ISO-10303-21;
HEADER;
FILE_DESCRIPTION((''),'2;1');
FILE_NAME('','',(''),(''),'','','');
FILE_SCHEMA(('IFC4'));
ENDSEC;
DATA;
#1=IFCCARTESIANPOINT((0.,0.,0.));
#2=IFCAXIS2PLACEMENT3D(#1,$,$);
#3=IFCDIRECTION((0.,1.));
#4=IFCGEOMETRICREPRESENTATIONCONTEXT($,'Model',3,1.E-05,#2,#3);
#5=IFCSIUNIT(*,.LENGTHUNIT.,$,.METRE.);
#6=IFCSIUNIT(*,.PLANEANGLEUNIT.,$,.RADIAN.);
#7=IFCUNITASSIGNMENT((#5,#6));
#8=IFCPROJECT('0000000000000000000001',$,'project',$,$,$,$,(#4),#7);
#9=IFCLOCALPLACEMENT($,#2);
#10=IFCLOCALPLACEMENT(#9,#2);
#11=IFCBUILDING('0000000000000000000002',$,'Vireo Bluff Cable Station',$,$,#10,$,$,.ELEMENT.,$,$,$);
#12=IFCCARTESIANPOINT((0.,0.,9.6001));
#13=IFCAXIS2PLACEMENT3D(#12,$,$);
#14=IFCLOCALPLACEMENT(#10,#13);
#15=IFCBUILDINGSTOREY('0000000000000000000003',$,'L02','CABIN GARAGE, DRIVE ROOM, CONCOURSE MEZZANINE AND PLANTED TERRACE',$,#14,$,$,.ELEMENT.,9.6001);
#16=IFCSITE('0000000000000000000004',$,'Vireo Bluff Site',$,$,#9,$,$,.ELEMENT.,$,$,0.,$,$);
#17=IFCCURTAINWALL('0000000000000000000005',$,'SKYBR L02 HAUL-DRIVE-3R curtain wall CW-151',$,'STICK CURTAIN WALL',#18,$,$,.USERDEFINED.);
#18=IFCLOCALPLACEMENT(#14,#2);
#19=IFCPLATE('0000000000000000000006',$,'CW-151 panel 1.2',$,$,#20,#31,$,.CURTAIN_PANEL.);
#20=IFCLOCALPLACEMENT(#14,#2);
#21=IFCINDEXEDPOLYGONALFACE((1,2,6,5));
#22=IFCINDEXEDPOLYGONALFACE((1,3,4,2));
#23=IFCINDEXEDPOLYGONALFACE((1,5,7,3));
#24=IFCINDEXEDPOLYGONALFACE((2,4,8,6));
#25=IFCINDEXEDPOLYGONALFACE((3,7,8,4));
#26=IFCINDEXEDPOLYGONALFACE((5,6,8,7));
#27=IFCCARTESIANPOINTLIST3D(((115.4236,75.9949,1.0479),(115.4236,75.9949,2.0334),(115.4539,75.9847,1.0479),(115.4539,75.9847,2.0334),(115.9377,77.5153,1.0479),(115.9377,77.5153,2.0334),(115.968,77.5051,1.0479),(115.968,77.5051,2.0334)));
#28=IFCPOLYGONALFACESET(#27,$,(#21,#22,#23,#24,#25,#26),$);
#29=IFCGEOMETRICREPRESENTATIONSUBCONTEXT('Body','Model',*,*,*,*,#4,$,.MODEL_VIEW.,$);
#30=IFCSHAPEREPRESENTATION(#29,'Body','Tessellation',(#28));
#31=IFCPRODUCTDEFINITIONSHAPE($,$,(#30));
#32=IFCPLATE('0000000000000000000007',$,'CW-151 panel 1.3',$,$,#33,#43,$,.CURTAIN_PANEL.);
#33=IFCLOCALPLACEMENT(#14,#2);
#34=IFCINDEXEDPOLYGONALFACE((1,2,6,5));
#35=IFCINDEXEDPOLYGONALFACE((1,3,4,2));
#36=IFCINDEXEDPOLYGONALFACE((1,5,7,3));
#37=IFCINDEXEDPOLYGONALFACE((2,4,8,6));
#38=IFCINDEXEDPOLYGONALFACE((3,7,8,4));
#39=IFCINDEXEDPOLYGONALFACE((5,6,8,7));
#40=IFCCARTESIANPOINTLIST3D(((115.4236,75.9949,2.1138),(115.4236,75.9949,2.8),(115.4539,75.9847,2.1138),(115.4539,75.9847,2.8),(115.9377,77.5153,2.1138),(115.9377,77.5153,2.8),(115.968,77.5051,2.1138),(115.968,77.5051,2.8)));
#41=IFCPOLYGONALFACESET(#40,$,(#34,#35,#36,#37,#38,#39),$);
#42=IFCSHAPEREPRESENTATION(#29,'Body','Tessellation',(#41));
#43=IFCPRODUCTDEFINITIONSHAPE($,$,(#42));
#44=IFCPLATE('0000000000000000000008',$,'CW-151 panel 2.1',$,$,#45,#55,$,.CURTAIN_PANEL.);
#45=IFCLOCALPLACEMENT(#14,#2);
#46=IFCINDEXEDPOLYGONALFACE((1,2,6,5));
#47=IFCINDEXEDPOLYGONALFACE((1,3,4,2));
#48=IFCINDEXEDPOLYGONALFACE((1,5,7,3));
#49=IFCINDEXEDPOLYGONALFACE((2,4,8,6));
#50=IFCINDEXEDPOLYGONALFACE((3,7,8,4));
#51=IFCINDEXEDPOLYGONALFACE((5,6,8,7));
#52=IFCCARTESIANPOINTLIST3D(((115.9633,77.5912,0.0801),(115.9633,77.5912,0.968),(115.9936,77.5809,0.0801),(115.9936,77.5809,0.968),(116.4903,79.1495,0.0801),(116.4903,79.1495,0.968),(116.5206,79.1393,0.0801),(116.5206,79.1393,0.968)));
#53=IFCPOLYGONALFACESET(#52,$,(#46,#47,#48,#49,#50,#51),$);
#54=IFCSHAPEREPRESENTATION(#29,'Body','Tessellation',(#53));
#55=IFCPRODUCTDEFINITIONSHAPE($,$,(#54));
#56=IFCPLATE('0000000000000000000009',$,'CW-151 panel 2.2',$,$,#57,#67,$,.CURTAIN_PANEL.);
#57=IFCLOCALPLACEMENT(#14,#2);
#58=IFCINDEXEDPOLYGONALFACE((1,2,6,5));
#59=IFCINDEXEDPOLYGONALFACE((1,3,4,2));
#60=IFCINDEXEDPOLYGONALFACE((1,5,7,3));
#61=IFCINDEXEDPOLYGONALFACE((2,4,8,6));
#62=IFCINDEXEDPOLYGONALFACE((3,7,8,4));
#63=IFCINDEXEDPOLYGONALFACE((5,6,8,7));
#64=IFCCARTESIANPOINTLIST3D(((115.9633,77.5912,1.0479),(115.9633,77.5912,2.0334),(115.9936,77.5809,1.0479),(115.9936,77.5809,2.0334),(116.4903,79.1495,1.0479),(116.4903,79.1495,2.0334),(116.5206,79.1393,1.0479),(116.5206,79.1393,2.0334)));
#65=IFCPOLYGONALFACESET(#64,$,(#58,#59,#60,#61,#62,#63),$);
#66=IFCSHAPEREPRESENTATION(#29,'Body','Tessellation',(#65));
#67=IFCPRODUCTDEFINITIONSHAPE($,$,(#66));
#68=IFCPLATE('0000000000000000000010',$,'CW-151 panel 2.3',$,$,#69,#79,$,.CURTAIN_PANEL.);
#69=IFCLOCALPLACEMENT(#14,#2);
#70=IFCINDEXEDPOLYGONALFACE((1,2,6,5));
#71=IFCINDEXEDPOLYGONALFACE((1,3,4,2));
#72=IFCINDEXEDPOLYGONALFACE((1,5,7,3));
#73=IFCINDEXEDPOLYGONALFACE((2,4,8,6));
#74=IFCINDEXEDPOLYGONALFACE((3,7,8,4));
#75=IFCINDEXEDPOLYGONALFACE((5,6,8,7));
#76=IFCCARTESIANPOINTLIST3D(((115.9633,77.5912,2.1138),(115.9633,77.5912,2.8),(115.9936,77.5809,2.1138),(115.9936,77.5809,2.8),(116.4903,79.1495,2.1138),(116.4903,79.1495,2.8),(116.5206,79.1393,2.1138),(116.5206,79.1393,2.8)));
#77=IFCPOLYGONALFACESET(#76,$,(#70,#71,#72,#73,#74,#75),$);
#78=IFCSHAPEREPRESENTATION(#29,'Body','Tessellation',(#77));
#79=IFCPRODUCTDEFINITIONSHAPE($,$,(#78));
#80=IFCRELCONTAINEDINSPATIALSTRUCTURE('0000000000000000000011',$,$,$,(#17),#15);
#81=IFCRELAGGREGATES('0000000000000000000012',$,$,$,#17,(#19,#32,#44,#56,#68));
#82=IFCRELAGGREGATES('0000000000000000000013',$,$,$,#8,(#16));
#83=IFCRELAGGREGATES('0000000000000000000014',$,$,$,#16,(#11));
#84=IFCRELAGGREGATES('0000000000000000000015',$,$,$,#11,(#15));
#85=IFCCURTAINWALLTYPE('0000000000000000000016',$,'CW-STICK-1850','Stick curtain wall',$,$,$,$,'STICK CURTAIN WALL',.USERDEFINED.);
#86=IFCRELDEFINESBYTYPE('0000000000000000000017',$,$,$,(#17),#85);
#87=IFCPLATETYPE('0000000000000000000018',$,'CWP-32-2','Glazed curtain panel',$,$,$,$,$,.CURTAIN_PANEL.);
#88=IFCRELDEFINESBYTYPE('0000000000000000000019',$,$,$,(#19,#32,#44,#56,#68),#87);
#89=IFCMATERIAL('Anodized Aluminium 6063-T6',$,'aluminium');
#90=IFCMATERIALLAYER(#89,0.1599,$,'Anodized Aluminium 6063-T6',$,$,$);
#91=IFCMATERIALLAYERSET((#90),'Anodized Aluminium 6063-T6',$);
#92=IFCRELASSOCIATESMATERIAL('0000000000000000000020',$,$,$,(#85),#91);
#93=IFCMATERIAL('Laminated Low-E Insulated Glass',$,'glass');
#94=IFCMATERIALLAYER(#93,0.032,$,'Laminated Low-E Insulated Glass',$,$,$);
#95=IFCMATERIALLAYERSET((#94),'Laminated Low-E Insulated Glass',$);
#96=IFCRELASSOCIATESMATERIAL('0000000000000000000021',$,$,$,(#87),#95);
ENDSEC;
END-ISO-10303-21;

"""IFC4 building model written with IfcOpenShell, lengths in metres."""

from ifc_helpers import new_model, si_unit, direction, frame, origin, origin_2d, place, context, subcontext, project, spatial, rectangle, extrude, material, layer, layer_set, type_object, element, aggregate, save


model = new_model("IFC4")

# Units and contexts
model_context = context("Model", 3, precision=1e-05, world=origin(), true_north=direction((0.0, 1.0)))
body_context = subcontext(model_context, "Body", "Model", "MODEL_VIEW")
ifc_project = project(units=[si_unit("LENGTHUNIT", "METRE"), si_unit("PLANEANGLEUNIT", "RADIAN")], contexts=[model_context])

# Site, building, storey
site_placement = place(None, origin())
site = spatial("IfcSite", under=ifc_project, at=site_placement, Name="Vireo Bluff Site", CompositionType="ELEMENT", RefElevation=0.0)
building_placement = place(site_placement, origin())
building = spatial("IfcBuilding", under=site, at=building_placement, Name="Vireo Bluff Cable Station", CompositionType="ELEMENT")
storey_placement = place(building_placement, frame((0.0, 0.0, 9.6001)))
storey = spatial("IfcBuildingStorey", under=building, at=storey_placement, Name="L02", Description="CABIN GARAGE, DRIVE ROOM, CONCOURSE MEZZANINE AND PLANTED TERRACE", CompositionType="ELEMENT", Elevation=9.6001)

# Shared definitions
ifc_material_1 = material(Name="Anodized Aluminium 6063-T6", Category="aluminium")
ifc_layer_1 = layer(ifc_material_1, 0.1599, Name="Anodized Aluminium 6063-T6")
ifc_layer_set_1 = layer_set([ifc_layer_1], Name="Anodized Aluminium 6063-T6")
curtain_wall_type = type_object("IfcCurtainWallType", Name="CW-STICK-1850", Description="Stick curtain wall", ElementType="STICK CURTAIN WALL", PredefinedType="USERDEFINED", material=ifc_layer_set_1)

# Curtain wall
curtain_wall_1_placement = place(storey_placement, origin())
curtain_wall_1 = element("IfcCurtainWall", 1, at=curtain_wall_1_placement, inside=storey, type_object=curtain_wall_type, Name="SKYBR L02 HAUL-DRIVE-3R curtain wall CW-151", ObjectType="STICK CURTAIN WALL", PredefinedType="USERDEFINED")

# Plates
ifc_material_2 = material(Name="Laminated Low-E Insulated Glass", Category="glass")
ifc_layer_2 = layer(ifc_material_2, 0.032, Name="Laminated Low-E Insulated Glass")
ifc_layer_set_2 = layer_set([ifc_layer_2], Name="Laminated Low-E Insulated Glass")
plate_type = type_object("IfcPlateType", Name="CWP-32-2", Description="Glazed curtain panel", PredefinedType="CURTAIN_PANEL", material=ifc_layer_set_2)
plate_1_placement = place(storey_placement, frame((115.6958, 76.75, 1.0479), z_axis=(0.0, 0.0, 1.0), x_axis=(0.320354, 0.947298, 0.0)))
plate_1 = element("IfcPlate", 2, at=plate_1_placement, type_object=plate_type, Name="CW-151 panel 1.2", PredefinedType="CURTAIN_PANEL", context=body_context, shape_type="SweptSolid", body=[
    extrude(rectangle(XDim=1.605, YDim=0.032, at=origin_2d()), origin(), (0.0, 0.0, 1.0), 0.9856),
])
plate_2_placement = place(storey_placement, frame((115.6958, 76.75, 2.1138), z_axis=(0.0, 0.0, 1.0), x_axis=(0.320354, 0.947298, 0.0)))
plate_2 = element("IfcPlate", 3, at=plate_2_placement, type_object=plate_type, Name="CW-151 panel 1.3", PredefinedType="CURTAIN_PANEL", context=body_context, shape_type="SweptSolid", body=[
    extrude(rectangle(XDim=1.605, YDim=0.032, at=origin_2d()), origin(), (0.0, 0.0, 1.0), 0.6863),
])
plate_3_placement = place(storey_placement, frame((116.2419, 78.3652, 0.0801), z_axis=(0.0, 0.0, 1.0), x_axis=(0.320354, 0.947298, 0.0)))
plate_3 = element("IfcPlate", 4, at=plate_3_placement, type_object=plate_type, Name="CW-151 panel 2.1", PredefinedType="CURTAIN_PANEL", context=body_context, shape_type="SweptSolid", body=[
    extrude(rectangle(XDim=1.645, YDim=0.032, at=origin_2d()), origin(), (0.0, 0.0, 1.0), 0.8879),
])
plate_4_placement = place(storey_placement, frame((116.2419, 78.3652, 1.0479), z_axis=(0.0, 0.0, 1.0), x_axis=(0.320354, 0.947298, 0.0)))
plate_4 = element("IfcPlate", 5, at=plate_4_placement, type_object=plate_type, Name="CW-151 panel 2.2", PredefinedType="CURTAIN_PANEL", context=body_context, shape_type="SweptSolid", body=[
    extrude(rectangle(XDim=1.645, YDim=0.032, at=origin_2d()), origin(), (0.0, 0.0, 1.0), 0.9856),
])
plate_5_placement = place(storey_placement, frame((116.2419, 78.3652, 2.1138), z_axis=(0.0, 0.0, 1.0), x_axis=(0.320354, 0.947298, 0.0)))
plate_5 = element("IfcPlate", 6, at=plate_5_placement, type_object=plate_type, Name="CW-151 panel 2.3", PredefinedType="CURTAIN_PANEL", context=body_context, shape_type="SweptSolid", body=[
    extrude(rectangle(XDim=1.645, YDim=0.032, at=origin_2d()), origin(), (0.0, 0.0, 1.0), 0.6863),
])
aggregate(curtain_wall_1, [plate_1, plate_2, plate_3, plate_4, plate_5])

save(model, "model.ifc")
